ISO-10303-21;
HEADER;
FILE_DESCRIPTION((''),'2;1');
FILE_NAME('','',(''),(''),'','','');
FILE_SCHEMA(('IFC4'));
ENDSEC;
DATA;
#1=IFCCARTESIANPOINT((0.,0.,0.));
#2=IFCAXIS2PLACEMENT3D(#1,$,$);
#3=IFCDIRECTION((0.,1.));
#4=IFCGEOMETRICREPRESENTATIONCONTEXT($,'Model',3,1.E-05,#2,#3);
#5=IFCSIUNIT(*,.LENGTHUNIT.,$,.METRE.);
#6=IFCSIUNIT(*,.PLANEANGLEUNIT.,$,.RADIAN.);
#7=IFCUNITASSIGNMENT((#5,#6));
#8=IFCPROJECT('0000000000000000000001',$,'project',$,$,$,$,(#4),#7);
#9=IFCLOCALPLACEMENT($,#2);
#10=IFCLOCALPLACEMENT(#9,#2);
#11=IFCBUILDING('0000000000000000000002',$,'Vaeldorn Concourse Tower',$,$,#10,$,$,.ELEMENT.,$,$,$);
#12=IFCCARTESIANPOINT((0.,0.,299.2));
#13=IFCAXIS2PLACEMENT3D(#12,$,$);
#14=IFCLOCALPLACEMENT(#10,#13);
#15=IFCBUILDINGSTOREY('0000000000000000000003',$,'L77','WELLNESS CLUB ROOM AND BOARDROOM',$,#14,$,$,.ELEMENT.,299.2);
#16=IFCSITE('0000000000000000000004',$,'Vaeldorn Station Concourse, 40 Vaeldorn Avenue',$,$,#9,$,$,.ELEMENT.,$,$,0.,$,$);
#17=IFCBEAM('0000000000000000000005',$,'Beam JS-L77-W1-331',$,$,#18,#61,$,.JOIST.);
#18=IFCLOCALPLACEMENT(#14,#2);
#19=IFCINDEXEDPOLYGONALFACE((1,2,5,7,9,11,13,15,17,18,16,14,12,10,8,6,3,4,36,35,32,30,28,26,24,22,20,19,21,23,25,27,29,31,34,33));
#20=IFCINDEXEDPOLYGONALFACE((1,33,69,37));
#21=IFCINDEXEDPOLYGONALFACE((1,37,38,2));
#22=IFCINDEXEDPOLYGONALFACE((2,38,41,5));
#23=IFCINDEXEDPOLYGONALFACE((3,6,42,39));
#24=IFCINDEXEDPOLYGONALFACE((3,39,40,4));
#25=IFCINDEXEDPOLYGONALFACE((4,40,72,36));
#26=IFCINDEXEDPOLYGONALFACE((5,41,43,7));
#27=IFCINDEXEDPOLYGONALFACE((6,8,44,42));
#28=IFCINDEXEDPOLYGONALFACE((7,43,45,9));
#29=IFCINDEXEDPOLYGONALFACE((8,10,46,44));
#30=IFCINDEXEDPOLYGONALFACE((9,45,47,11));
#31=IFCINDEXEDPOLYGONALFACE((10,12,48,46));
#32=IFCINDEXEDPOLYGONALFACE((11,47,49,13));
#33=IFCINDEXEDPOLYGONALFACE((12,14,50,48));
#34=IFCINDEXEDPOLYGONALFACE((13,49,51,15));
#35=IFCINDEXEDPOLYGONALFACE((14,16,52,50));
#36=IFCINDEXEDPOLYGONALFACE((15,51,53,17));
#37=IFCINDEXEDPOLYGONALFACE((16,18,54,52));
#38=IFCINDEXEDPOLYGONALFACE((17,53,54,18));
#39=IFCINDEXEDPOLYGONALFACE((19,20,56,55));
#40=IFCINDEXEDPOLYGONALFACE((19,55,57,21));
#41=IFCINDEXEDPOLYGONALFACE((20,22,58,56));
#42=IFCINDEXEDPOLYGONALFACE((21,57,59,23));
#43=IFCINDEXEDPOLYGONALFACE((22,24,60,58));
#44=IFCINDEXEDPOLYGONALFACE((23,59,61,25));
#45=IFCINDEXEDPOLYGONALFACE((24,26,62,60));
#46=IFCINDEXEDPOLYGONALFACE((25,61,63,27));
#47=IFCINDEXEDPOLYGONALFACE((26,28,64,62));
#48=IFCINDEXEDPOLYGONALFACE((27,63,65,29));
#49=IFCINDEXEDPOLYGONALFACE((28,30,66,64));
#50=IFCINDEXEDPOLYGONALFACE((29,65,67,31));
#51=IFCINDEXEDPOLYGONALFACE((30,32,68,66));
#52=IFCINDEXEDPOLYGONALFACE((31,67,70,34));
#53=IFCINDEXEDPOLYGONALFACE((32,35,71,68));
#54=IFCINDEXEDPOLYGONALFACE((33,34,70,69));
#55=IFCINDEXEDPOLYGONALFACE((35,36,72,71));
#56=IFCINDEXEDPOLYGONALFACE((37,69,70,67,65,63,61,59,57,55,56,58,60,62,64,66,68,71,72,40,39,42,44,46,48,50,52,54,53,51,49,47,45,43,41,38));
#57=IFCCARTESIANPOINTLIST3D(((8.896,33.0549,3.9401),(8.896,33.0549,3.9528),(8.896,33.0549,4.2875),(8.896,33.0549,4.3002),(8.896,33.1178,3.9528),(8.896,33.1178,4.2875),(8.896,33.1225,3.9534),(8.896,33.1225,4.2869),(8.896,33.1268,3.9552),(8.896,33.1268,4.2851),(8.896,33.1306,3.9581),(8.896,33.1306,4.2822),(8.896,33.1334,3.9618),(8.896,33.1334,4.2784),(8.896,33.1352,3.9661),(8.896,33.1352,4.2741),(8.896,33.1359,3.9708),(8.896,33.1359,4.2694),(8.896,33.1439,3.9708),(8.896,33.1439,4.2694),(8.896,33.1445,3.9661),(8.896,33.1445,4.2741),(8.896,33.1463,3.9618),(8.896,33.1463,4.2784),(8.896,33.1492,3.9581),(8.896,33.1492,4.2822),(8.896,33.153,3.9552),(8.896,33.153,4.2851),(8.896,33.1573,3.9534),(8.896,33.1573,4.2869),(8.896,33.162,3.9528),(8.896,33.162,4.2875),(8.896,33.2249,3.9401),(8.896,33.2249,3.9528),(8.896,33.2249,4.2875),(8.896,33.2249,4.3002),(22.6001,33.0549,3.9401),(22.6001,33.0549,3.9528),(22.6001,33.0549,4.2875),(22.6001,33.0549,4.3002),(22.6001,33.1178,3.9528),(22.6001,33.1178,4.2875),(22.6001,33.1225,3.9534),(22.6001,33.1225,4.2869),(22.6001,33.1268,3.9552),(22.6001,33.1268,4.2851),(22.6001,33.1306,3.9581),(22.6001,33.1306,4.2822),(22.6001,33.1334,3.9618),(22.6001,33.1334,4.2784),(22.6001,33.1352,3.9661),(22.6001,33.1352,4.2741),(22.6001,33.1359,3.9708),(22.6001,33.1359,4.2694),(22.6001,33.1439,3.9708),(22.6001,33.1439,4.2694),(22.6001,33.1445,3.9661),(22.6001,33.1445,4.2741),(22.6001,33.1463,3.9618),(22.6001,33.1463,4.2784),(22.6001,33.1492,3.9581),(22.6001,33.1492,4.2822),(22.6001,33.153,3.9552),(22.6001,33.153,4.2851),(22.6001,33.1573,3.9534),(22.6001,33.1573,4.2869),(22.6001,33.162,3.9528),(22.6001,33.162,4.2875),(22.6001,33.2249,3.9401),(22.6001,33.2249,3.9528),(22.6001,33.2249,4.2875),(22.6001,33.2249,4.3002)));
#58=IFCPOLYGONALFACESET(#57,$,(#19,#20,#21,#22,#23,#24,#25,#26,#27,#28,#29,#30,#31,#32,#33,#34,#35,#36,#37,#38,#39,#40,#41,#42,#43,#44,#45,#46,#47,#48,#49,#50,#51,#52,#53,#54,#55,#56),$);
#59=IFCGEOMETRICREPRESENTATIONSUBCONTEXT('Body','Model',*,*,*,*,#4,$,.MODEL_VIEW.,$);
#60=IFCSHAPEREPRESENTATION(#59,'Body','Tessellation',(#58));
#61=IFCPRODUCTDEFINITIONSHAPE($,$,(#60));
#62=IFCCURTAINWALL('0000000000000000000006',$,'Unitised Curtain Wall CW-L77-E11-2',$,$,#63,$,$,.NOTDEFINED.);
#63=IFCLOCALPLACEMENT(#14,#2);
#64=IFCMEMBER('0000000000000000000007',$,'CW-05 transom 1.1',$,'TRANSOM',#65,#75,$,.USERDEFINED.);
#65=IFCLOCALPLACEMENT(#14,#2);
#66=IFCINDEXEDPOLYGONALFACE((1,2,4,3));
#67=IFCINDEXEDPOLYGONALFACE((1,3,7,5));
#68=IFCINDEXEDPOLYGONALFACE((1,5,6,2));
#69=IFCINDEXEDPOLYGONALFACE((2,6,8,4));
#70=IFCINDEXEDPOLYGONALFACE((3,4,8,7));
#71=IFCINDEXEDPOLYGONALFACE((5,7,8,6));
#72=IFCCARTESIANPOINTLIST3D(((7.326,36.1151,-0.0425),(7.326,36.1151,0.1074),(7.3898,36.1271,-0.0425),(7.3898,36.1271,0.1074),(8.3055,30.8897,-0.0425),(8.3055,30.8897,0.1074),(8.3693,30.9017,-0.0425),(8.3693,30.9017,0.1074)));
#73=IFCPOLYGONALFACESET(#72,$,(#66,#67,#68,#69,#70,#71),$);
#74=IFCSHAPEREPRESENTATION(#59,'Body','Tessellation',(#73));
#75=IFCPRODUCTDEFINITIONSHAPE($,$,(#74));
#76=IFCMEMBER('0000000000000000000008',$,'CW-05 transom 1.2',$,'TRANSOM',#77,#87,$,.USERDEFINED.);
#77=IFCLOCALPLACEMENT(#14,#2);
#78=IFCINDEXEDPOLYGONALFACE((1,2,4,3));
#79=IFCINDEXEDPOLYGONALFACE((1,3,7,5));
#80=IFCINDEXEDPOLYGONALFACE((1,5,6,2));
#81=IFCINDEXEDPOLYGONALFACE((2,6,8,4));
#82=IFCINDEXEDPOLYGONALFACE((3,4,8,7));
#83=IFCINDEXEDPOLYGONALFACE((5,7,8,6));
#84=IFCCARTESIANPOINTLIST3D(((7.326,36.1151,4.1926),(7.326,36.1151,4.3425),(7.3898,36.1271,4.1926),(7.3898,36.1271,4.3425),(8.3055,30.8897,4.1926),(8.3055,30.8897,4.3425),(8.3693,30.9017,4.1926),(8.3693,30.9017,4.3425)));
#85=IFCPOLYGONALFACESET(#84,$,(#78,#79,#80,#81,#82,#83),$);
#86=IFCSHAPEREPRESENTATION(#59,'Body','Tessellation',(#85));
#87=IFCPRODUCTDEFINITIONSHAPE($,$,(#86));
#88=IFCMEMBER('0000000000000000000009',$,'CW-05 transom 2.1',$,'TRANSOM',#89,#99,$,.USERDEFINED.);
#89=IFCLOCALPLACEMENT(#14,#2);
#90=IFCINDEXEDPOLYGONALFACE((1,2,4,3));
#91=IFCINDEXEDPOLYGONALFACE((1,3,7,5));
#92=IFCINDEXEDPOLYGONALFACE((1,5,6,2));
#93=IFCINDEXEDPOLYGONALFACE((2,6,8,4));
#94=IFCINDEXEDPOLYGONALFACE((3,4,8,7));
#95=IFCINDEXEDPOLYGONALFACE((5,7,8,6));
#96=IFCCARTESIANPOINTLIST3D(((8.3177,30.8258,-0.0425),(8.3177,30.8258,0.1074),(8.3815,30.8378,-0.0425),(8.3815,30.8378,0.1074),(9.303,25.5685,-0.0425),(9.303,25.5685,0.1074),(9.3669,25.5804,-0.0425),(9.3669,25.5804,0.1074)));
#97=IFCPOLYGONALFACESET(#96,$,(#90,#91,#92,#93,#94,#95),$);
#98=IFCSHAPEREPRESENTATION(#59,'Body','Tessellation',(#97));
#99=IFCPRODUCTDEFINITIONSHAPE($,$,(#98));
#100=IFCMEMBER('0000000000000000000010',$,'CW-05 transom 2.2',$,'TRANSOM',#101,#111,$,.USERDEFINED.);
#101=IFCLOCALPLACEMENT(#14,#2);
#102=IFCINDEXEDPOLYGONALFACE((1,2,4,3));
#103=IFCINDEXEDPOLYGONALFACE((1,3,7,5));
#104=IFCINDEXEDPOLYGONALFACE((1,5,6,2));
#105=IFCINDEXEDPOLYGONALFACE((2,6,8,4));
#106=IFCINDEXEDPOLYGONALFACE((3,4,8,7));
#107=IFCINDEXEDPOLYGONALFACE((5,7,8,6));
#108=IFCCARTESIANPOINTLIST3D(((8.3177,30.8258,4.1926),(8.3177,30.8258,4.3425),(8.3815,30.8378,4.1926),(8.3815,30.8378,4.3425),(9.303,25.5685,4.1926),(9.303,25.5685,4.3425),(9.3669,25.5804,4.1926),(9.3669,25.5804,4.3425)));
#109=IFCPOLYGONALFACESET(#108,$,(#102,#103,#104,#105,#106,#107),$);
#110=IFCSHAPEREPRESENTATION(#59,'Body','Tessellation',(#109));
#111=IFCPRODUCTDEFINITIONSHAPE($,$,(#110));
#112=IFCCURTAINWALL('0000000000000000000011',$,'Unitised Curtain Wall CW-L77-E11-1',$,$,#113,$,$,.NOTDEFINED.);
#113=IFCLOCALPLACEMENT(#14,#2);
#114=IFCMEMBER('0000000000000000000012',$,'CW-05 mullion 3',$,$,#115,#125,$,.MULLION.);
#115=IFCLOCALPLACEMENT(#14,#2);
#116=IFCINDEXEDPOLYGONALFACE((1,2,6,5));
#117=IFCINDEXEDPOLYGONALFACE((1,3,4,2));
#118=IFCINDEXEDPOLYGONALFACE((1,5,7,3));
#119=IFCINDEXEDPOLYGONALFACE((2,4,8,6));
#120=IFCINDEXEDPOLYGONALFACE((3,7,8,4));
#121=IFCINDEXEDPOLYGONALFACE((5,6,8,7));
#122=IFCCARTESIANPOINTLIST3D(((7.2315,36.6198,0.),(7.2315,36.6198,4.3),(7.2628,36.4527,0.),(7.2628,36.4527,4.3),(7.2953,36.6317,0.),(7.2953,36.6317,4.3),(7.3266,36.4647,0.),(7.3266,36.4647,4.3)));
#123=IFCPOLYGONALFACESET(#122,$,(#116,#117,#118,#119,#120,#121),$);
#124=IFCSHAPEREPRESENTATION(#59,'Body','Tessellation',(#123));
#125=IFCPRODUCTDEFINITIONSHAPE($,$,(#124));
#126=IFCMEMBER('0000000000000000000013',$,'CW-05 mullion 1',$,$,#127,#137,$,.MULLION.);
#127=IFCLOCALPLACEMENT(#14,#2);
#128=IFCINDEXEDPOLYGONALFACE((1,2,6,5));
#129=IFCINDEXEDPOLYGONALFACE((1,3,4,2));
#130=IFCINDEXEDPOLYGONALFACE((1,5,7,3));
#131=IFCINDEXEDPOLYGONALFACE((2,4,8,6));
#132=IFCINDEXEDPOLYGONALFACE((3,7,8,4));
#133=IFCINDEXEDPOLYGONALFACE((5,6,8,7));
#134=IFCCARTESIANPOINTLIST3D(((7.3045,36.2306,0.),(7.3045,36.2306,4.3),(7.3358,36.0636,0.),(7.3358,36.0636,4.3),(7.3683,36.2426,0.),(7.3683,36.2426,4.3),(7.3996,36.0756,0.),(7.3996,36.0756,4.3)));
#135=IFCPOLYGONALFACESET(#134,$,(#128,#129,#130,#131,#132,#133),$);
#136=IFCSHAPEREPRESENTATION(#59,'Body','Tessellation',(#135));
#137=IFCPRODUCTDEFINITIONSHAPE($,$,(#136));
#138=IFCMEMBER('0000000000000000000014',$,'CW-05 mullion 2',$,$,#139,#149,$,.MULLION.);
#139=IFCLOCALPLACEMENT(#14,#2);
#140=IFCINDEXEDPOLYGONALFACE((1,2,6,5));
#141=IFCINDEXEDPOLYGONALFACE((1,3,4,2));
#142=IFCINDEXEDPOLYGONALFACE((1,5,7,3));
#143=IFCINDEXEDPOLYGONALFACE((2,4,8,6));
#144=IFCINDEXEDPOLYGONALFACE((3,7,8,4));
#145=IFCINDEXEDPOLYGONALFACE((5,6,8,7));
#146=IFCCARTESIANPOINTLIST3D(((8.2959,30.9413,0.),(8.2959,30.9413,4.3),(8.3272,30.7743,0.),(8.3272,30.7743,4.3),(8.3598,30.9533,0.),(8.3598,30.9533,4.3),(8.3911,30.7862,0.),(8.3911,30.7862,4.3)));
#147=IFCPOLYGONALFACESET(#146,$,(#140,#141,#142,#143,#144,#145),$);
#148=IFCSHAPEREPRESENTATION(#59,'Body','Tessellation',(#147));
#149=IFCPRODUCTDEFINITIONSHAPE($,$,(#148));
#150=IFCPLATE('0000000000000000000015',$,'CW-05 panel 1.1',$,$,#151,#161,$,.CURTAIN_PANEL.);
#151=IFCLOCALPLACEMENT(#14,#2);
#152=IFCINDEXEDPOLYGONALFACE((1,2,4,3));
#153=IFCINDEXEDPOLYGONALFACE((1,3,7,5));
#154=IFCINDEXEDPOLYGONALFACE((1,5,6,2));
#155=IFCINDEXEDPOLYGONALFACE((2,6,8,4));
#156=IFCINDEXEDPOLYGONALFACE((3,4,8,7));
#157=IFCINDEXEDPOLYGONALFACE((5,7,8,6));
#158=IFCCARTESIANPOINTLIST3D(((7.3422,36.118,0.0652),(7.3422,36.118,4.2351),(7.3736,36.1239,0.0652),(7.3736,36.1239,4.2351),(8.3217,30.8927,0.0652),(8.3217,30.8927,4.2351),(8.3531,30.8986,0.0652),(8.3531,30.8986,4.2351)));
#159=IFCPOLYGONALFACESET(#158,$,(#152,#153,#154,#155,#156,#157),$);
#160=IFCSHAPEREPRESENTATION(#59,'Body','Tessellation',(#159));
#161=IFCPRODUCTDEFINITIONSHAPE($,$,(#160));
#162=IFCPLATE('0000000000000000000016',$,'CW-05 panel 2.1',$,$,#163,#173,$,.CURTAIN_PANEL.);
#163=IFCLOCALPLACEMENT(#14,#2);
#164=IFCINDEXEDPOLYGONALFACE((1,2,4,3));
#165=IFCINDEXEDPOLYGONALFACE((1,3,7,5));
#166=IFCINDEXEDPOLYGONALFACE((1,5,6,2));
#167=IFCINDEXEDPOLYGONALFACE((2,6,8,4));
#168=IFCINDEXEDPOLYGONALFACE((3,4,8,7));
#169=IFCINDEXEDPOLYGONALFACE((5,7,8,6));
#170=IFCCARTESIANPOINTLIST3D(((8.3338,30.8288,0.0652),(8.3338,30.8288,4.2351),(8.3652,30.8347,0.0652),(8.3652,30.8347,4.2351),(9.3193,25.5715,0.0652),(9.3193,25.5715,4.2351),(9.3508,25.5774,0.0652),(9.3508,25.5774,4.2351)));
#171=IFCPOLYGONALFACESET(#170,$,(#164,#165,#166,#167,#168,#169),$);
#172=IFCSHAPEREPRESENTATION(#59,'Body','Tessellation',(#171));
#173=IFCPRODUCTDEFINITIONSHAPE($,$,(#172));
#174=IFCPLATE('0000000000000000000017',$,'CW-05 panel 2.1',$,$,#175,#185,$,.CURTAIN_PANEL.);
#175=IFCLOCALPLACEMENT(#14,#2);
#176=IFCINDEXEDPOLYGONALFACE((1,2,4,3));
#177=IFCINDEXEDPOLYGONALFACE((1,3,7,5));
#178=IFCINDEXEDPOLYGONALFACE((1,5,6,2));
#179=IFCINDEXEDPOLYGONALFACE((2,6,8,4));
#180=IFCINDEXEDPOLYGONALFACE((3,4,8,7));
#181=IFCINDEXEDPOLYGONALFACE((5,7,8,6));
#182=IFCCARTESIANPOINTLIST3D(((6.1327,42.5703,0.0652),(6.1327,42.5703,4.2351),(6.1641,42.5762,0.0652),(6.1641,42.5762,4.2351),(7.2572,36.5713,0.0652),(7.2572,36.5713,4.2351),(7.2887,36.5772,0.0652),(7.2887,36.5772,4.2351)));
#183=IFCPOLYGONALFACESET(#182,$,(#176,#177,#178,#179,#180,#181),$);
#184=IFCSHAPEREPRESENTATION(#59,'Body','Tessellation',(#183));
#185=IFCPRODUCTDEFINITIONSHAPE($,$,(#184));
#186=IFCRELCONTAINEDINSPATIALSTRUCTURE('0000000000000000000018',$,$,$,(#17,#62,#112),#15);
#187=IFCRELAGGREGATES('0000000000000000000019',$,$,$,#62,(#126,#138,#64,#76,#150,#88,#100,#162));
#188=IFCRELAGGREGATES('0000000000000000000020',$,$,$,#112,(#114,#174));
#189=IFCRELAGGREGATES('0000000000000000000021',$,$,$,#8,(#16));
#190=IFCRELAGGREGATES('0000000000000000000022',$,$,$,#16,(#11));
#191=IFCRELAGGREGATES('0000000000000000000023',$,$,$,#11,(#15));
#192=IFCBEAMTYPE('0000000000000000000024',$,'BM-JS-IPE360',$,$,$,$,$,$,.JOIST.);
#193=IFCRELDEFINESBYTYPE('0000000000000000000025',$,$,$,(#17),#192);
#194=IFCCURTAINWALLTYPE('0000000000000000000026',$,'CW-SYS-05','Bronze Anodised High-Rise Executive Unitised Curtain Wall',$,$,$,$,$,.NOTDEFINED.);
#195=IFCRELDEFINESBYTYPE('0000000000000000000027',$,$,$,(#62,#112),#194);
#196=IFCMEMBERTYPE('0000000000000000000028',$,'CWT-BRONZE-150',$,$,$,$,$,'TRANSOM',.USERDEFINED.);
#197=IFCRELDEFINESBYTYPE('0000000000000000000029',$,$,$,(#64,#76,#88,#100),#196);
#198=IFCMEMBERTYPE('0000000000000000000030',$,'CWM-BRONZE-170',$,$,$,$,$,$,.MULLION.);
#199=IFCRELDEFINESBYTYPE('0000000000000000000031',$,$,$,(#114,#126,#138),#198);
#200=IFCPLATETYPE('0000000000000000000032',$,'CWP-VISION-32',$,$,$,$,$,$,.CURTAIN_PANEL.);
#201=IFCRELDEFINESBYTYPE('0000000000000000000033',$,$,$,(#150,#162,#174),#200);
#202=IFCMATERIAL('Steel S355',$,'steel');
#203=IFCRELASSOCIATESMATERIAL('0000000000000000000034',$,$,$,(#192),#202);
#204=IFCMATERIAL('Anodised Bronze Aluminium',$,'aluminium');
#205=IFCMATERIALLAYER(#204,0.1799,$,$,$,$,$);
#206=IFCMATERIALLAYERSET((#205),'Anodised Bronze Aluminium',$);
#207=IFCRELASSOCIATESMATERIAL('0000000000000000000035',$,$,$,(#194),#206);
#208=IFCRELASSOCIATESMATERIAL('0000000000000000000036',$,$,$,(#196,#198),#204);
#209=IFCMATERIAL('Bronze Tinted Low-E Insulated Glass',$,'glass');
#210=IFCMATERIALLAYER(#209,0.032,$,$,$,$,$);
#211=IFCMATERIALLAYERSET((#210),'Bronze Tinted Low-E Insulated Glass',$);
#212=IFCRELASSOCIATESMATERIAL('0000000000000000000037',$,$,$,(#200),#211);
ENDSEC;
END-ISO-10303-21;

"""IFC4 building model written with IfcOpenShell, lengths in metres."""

from ifc_helpers import new_model, si_unit, direction, frame, origin, origin_2d, place, context, subcontext, project, spatial, rectangle, i_section, extrude, source, transform, mapped, material, layer, layer_set, material_profile, profile_set, type_object, element, aggregate, save


model = new_model("IFC4")

# Units and contexts
model_context = context("Model", 3, precision=1e-05, world=origin(), true_north=direction((0.0, 1.0)))
body_context = subcontext(model_context, "Body", "Model", "MODEL_VIEW")
ifc_project = project(units=[si_unit("LENGTHUNIT", "METRE"), si_unit("PLANEANGLEUNIT", "RADIAN")], contexts=[model_context])

# Site, building, storey
site_placement = place(None, origin())
site = spatial("IfcSite", under=ifc_project, at=site_placement, Name="Vaeldorn Station Concourse, 40 Vaeldorn Avenue", CompositionType="ELEMENT", RefElevation=0.0)
building_placement = place(site_placement, origin())
building = spatial("IfcBuilding", under=site, at=building_placement, Name="Vaeldorn Concourse Tower", CompositionType="ELEMENT")
storey_placement = place(building_placement, frame((0.0, 0.0, 299.2)))
storey = spatial("IfcBuildingStorey", under=building, at=storey_placement, Name="L77", Description="WELLNESS CLUB ROOM AND BOARDROOM", CompositionType="ELEMENT", Elevation=299.2)

# Shared definitions
ifc_material_1 = material(Name="Steel S355", Category="steel")

# Beam
ifc_material_profile_1 = material_profile(ifc_material_1, i_section(OverallWidth=0.1699, OverallDepth=0.3601, WebThickness=0.0081, FlangeThickness=0.0127, FilletRadius=0.0181, at=origin_2d()), Name="IPE 360")
ifc_profile_set_1 = profile_set([ifc_material_profile_1], Name="Steel S355")
beam_type_1 = type_object("IfcBeamType", Name="BM-JS-IPE360", PredefinedType="JOIST", material=ifc_profile_set_1)
shared_shape_1 = source(origin(), body_context, "Body", "SweptSolid", [
    extrude(i_section(OverallWidth=0.1699, OverallDepth=0.3601, WebThickness=0.0081, FlangeThickness=0.0127, FilletRadius=0.0181, at=origin_2d()), origin(), (0.0, 0.0, 1.0), 13.7041),
])
beam_1_placement = place(storey_placement, frame((8.896, 33.1399, 4.1201), z_axis=(1.0, 0.0, 0.0), x_axis=(0.0, 1.0, 0.0)))
element("IfcBeam", 1, at=beam_1_placement, inside=storey, type_object=beam_type_1, Name="Beam JS-L77-W1-331", PredefinedType="JOIST", context=body_context, shape_type="MappedRepresentation", body=[
    mapped(shared_shape_1, transform((0.0, 0.0, 0.0), scale=1.0)),
])

# Curtain wall, members
ifc_material_2 = material(Name="Anodised Bronze Aluminium", Category="aluminium")
ifc_layer_1 = layer(ifc_material_2, 0.1799)
ifc_layer_set_1 = layer_set([ifc_layer_1], Name="Anodised Bronze Aluminium")
curtain_wall_type = type_object("IfcCurtainWallType", Name="CW-SYS-05", Description="Bronze Anodised High-Rise Executive Unitised Curtain Wall", PredefinedType="NOTDEFINED", material=ifc_layer_set_1)
curtain_wall_1_placement = place(storey_placement, origin())
curtain_wall_1 = element("IfcCurtainWall", 2, at=curtain_wall_1_placement, inside=storey, type_object=curtain_wall_type, Name="Unitised Curtain Wall CW-L77-E11-2", PredefinedType="NOTDEFINED")
ifc_material_profile_2 = material_profile(ifc_material_2, rectangle(XDim=0.0649, YDim=0.1499, at=origin_2d()), Name="CWT 65x150")
ifc_profile_set_2 = profile_set([ifc_material_profile_2], Name="Anodised Bronze Aluminium")
member_type_1 = type_object("IfcMemberType", Name="CWT-BRONZE-150", ElementType="TRANSOM", PredefinedType="USERDEFINED", material=ifc_profile_set_2)
shared_shape_2 = source(origin(), body_context, "Body", "SweptSolid", [
    extrude(rectangle(XDim=0.0649, YDim=0.1499, at=origin_2d()), origin(), (0.0, 0.0, 1.0), 5.3164),
])
member_1_placement = place(storey_placement, frame((7.3579, 36.1211, 0.0325), z_axis=(0.184241, -0.982881, 0.0), x_axis=(0.982881, 0.184241, 0.0)))
member_1 = element("IfcMember", 3, at=member_1_placement, type_object=member_type_1, Name="CW-05 transom 1.1", ObjectType="TRANSOM", PredefinedType="USERDEFINED", context=body_context, shape_type="MappedRepresentation", body=[
    mapped(shared_shape_2, transform((0.0, 0.0, 0.0), scale=1.0)),
])
member_2_placement = place(storey_placement, frame((7.3579, 36.1211, 4.2676), z_axis=(0.184241, -0.982881, 0.0), x_axis=(0.982881, 0.184241, 0.0)))
member_2 = element("IfcMember", 4, at=member_2_placement, type_object=member_type_1, Name="CW-05 transom 1.2", ObjectType="TRANSOM", PredefinedType="USERDEFINED", context=body_context, shape_type="MappedRepresentation", body=[
    mapped(shared_shape_2, transform((0.0, 0.0, 0.0), scale=1.0)),
])
shared_shape_3 = source(origin(), body_context, "Body", "SweptSolid", [
    extrude(rectangle(XDim=0.0649, YDim=0.1499, at=origin_2d()), origin(), (0.0, 0.0, 1.0), 5.3489),
])
member_3_placement = place(storey_placement, frame((8.3496, 30.8318, 0.0325), z_axis=(0.184217, -0.982886, 0.0), x_axis=(0.982886, 0.184217, 0.0)))
member_3 = element("IfcMember", 5, at=member_3_placement, type_object=member_type_1, Name="CW-05 transom 2.1", ObjectType="TRANSOM", PredefinedType="USERDEFINED", context=body_context, shape_type="MappedRepresentation", body=[
    mapped(shared_shape_3, transform((0.0, 0.0, 0.0), scale=1.0)),
])
member_4_placement = place(storey_placement, frame((8.3496, 30.8318, 4.2676), z_axis=(0.184217, -0.982886, 0.0), x_axis=(0.982886, 0.184217, 0.0)))
member_4 = element("IfcMember", 6, at=member_4_placement, type_object=member_type_1, Name="CW-05 transom 2.2", ObjectType="TRANSOM", PredefinedType="USERDEFINED", context=body_context, shape_type="MappedRepresentation", body=[
    mapped(shared_shape_3, transform((0.0, 0.0, 0.0), scale=1.0)),
])

# Curtain wall, member
curtain_wall_2_placement = place(storey_placement, origin())
curtain_wall_2 = element("IfcCurtainWall", 7, at=curtain_wall_2_placement, inside=storey, type_object=curtain_wall_type, Name="Unitised Curtain Wall CW-L77-E11-1", PredefinedType="NOTDEFINED")
ifc_material_profile_3 = material_profile(ifc_material_2, rectangle(XDim=0.0649, YDim=0.1699, at=origin_2d()), Name="CWM 65x170")
ifc_profile_set_3 = profile_set([ifc_material_profile_3], Name="Anodised Bronze Aluminium")
member_type_2 = type_object("IfcMemberType", Name="CWM-BRONZE-170", PredefinedType="MULLION", material=ifc_profile_set_3)
shared_shape_4 = source(origin(), body_context, "Body", "SweptSolid", [
    extrude(rectangle(XDim=0.0649, YDim=0.1699, at=origin_2d()), origin(), (0.0, 0.0, 1.0), 4.3),
])
member_5_placement = place(storey_placement, frame((7.2791, 36.5422, 0.0), z_axis=(0.0, 0.0, 1.0), x_axis=(0.98288, 0.184246, 0.0)))
member_5 = element("IfcMember", 8, at=member_5_placement, type_object=member_type_2, Name="CW-05 mullion 3", PredefinedType="MULLION", context=body_context, shape_type="MappedRepresentation", body=[
    mapped(shared_shape_4, transform((0.0, 0.0, 0.0), scale=1.0)),
])

# Members
member_6_placement = place(storey_placement, frame((7.3521, 36.1531, 0.0), z_axis=(0.0, 0.0, 1.0), x_axis=(0.98288, 0.184247, 0.0)))
member_6 = element("IfcMember", 9, at=member_6_placement, type_object=member_type_2, Name="CW-05 mullion 1", PredefinedType="MULLION", context=body_context, shape_type="MappedRepresentation", body=[
    mapped(shared_shape_4, transform((0.0, 0.0, 0.0), scale=1.0)),
])
member_7_placement = place(storey_placement, frame((8.3435, 30.8638, 0.0), z_axis=(0.0, 0.0, 1.0), x_axis=(0.98288, 0.184247, 0.0)))
member_7 = element("IfcMember", 10, at=member_7_placement, type_object=member_type_2, Name="CW-05 mullion 2", PredefinedType="MULLION", context=body_context, shape_type="MappedRepresentation", body=[
    mapped(shared_shape_4, transform((0.0, 0.0, 0.0), scale=1.0)),
])

# Plates
ifc_material_3 = material(Name="Bronze Tinted Low-E Insulated Glass", Category="glass")
ifc_layer_2 = layer(ifc_material_3, 0.032)
ifc_layer_set_2 = layer_set([ifc_layer_2], Name="Bronze Tinted Low-E Insulated Glass")
plate_type = type_object("IfcPlateType", Name="CWP-VISION-32", PredefinedType="CURTAIN_PANEL", material=ifc_layer_set_2)
shared_shape_5 = source(origin(), body_context, "Body", "SweptSolid", [
    extrude(rectangle(XDim=5.3164, YDim=0.032, at=origin_2d()), origin(), (0.0, 0.0, 1.0), 4.1699),
])
plate_1_placement = place(storey_placement, frame((7.8477, 33.5083, 0.0652), z_axis=(0.0, 0.0, 1.0), x_axis=(0.184247, -0.98288, 0.0)))
plate_1 = element("IfcPlate", 11, at=plate_1_placement, type_object=plate_type, Name="CW-05 panel 1.1", PredefinedType="CURTAIN_PANEL", context=body_context, shape_type="MappedRepresentation", body=[
    mapped(shared_shape_5, transform((0.0, 0.0, 0.0), scale=1.0)),
])
shared_shape_6 = source(origin(), body_context, "Body", "SweptSolid", [
    extrude(rectangle(XDim=5.3489, YDim=0.032, at=origin_2d()), origin(), (0.0, 0.0, 1.0), 4.1699),
])
plate_2_placement = place(storey_placement, frame((8.8423, 28.2031, 0.0652), z_axis=(0.0, 0.0, 1.0), x_axis=(0.184247, -0.98288, 0.0)))
plate_2 = element("IfcPlate", 12, at=plate_2_placement, type_object=plate_type, Name="CW-05 panel 2.1", PredefinedType="CURTAIN_PANEL", context=body_context, shape_type="MappedRepresentation", body=[
    mapped(shared_shape_6, transform((0.0, 0.0, 0.0), scale=1.0)),
])
aggregate(curtain_wall_1, [member_6, member_7, member_1, member_2, plate_1, member_3, member_4, plate_2])
shared_shape_7 = source(origin(), body_context, "Body", "SweptSolid", [
    extrude(rectangle(XDim=6.1035, YDim=0.032, at=origin_2d()), origin(), (0.0, 0.0, 1.0), 4.1699),
])
plate_3_placement = place(storey_placement, frame((6.7107, 39.5737, 0.0652), z_axis=(0.0, 0.0, 1.0), x_axis=(0.184246, -0.98288, 0.0)))
plate_3 = element("IfcPlate", 13, at=plate_3_placement, type_object=plate_type, Name="CW-05 panel 2.1", PredefinedType="CURTAIN_PANEL", context=body_context, shape_type="MappedRepresentation", body=[
    mapped(shared_shape_7, transform((0.0, 0.0, 0.0), scale=1.0)),
])
aggregate(curtain_wall_2, [member_5, plate_3])

save(model, "model.ifc")
